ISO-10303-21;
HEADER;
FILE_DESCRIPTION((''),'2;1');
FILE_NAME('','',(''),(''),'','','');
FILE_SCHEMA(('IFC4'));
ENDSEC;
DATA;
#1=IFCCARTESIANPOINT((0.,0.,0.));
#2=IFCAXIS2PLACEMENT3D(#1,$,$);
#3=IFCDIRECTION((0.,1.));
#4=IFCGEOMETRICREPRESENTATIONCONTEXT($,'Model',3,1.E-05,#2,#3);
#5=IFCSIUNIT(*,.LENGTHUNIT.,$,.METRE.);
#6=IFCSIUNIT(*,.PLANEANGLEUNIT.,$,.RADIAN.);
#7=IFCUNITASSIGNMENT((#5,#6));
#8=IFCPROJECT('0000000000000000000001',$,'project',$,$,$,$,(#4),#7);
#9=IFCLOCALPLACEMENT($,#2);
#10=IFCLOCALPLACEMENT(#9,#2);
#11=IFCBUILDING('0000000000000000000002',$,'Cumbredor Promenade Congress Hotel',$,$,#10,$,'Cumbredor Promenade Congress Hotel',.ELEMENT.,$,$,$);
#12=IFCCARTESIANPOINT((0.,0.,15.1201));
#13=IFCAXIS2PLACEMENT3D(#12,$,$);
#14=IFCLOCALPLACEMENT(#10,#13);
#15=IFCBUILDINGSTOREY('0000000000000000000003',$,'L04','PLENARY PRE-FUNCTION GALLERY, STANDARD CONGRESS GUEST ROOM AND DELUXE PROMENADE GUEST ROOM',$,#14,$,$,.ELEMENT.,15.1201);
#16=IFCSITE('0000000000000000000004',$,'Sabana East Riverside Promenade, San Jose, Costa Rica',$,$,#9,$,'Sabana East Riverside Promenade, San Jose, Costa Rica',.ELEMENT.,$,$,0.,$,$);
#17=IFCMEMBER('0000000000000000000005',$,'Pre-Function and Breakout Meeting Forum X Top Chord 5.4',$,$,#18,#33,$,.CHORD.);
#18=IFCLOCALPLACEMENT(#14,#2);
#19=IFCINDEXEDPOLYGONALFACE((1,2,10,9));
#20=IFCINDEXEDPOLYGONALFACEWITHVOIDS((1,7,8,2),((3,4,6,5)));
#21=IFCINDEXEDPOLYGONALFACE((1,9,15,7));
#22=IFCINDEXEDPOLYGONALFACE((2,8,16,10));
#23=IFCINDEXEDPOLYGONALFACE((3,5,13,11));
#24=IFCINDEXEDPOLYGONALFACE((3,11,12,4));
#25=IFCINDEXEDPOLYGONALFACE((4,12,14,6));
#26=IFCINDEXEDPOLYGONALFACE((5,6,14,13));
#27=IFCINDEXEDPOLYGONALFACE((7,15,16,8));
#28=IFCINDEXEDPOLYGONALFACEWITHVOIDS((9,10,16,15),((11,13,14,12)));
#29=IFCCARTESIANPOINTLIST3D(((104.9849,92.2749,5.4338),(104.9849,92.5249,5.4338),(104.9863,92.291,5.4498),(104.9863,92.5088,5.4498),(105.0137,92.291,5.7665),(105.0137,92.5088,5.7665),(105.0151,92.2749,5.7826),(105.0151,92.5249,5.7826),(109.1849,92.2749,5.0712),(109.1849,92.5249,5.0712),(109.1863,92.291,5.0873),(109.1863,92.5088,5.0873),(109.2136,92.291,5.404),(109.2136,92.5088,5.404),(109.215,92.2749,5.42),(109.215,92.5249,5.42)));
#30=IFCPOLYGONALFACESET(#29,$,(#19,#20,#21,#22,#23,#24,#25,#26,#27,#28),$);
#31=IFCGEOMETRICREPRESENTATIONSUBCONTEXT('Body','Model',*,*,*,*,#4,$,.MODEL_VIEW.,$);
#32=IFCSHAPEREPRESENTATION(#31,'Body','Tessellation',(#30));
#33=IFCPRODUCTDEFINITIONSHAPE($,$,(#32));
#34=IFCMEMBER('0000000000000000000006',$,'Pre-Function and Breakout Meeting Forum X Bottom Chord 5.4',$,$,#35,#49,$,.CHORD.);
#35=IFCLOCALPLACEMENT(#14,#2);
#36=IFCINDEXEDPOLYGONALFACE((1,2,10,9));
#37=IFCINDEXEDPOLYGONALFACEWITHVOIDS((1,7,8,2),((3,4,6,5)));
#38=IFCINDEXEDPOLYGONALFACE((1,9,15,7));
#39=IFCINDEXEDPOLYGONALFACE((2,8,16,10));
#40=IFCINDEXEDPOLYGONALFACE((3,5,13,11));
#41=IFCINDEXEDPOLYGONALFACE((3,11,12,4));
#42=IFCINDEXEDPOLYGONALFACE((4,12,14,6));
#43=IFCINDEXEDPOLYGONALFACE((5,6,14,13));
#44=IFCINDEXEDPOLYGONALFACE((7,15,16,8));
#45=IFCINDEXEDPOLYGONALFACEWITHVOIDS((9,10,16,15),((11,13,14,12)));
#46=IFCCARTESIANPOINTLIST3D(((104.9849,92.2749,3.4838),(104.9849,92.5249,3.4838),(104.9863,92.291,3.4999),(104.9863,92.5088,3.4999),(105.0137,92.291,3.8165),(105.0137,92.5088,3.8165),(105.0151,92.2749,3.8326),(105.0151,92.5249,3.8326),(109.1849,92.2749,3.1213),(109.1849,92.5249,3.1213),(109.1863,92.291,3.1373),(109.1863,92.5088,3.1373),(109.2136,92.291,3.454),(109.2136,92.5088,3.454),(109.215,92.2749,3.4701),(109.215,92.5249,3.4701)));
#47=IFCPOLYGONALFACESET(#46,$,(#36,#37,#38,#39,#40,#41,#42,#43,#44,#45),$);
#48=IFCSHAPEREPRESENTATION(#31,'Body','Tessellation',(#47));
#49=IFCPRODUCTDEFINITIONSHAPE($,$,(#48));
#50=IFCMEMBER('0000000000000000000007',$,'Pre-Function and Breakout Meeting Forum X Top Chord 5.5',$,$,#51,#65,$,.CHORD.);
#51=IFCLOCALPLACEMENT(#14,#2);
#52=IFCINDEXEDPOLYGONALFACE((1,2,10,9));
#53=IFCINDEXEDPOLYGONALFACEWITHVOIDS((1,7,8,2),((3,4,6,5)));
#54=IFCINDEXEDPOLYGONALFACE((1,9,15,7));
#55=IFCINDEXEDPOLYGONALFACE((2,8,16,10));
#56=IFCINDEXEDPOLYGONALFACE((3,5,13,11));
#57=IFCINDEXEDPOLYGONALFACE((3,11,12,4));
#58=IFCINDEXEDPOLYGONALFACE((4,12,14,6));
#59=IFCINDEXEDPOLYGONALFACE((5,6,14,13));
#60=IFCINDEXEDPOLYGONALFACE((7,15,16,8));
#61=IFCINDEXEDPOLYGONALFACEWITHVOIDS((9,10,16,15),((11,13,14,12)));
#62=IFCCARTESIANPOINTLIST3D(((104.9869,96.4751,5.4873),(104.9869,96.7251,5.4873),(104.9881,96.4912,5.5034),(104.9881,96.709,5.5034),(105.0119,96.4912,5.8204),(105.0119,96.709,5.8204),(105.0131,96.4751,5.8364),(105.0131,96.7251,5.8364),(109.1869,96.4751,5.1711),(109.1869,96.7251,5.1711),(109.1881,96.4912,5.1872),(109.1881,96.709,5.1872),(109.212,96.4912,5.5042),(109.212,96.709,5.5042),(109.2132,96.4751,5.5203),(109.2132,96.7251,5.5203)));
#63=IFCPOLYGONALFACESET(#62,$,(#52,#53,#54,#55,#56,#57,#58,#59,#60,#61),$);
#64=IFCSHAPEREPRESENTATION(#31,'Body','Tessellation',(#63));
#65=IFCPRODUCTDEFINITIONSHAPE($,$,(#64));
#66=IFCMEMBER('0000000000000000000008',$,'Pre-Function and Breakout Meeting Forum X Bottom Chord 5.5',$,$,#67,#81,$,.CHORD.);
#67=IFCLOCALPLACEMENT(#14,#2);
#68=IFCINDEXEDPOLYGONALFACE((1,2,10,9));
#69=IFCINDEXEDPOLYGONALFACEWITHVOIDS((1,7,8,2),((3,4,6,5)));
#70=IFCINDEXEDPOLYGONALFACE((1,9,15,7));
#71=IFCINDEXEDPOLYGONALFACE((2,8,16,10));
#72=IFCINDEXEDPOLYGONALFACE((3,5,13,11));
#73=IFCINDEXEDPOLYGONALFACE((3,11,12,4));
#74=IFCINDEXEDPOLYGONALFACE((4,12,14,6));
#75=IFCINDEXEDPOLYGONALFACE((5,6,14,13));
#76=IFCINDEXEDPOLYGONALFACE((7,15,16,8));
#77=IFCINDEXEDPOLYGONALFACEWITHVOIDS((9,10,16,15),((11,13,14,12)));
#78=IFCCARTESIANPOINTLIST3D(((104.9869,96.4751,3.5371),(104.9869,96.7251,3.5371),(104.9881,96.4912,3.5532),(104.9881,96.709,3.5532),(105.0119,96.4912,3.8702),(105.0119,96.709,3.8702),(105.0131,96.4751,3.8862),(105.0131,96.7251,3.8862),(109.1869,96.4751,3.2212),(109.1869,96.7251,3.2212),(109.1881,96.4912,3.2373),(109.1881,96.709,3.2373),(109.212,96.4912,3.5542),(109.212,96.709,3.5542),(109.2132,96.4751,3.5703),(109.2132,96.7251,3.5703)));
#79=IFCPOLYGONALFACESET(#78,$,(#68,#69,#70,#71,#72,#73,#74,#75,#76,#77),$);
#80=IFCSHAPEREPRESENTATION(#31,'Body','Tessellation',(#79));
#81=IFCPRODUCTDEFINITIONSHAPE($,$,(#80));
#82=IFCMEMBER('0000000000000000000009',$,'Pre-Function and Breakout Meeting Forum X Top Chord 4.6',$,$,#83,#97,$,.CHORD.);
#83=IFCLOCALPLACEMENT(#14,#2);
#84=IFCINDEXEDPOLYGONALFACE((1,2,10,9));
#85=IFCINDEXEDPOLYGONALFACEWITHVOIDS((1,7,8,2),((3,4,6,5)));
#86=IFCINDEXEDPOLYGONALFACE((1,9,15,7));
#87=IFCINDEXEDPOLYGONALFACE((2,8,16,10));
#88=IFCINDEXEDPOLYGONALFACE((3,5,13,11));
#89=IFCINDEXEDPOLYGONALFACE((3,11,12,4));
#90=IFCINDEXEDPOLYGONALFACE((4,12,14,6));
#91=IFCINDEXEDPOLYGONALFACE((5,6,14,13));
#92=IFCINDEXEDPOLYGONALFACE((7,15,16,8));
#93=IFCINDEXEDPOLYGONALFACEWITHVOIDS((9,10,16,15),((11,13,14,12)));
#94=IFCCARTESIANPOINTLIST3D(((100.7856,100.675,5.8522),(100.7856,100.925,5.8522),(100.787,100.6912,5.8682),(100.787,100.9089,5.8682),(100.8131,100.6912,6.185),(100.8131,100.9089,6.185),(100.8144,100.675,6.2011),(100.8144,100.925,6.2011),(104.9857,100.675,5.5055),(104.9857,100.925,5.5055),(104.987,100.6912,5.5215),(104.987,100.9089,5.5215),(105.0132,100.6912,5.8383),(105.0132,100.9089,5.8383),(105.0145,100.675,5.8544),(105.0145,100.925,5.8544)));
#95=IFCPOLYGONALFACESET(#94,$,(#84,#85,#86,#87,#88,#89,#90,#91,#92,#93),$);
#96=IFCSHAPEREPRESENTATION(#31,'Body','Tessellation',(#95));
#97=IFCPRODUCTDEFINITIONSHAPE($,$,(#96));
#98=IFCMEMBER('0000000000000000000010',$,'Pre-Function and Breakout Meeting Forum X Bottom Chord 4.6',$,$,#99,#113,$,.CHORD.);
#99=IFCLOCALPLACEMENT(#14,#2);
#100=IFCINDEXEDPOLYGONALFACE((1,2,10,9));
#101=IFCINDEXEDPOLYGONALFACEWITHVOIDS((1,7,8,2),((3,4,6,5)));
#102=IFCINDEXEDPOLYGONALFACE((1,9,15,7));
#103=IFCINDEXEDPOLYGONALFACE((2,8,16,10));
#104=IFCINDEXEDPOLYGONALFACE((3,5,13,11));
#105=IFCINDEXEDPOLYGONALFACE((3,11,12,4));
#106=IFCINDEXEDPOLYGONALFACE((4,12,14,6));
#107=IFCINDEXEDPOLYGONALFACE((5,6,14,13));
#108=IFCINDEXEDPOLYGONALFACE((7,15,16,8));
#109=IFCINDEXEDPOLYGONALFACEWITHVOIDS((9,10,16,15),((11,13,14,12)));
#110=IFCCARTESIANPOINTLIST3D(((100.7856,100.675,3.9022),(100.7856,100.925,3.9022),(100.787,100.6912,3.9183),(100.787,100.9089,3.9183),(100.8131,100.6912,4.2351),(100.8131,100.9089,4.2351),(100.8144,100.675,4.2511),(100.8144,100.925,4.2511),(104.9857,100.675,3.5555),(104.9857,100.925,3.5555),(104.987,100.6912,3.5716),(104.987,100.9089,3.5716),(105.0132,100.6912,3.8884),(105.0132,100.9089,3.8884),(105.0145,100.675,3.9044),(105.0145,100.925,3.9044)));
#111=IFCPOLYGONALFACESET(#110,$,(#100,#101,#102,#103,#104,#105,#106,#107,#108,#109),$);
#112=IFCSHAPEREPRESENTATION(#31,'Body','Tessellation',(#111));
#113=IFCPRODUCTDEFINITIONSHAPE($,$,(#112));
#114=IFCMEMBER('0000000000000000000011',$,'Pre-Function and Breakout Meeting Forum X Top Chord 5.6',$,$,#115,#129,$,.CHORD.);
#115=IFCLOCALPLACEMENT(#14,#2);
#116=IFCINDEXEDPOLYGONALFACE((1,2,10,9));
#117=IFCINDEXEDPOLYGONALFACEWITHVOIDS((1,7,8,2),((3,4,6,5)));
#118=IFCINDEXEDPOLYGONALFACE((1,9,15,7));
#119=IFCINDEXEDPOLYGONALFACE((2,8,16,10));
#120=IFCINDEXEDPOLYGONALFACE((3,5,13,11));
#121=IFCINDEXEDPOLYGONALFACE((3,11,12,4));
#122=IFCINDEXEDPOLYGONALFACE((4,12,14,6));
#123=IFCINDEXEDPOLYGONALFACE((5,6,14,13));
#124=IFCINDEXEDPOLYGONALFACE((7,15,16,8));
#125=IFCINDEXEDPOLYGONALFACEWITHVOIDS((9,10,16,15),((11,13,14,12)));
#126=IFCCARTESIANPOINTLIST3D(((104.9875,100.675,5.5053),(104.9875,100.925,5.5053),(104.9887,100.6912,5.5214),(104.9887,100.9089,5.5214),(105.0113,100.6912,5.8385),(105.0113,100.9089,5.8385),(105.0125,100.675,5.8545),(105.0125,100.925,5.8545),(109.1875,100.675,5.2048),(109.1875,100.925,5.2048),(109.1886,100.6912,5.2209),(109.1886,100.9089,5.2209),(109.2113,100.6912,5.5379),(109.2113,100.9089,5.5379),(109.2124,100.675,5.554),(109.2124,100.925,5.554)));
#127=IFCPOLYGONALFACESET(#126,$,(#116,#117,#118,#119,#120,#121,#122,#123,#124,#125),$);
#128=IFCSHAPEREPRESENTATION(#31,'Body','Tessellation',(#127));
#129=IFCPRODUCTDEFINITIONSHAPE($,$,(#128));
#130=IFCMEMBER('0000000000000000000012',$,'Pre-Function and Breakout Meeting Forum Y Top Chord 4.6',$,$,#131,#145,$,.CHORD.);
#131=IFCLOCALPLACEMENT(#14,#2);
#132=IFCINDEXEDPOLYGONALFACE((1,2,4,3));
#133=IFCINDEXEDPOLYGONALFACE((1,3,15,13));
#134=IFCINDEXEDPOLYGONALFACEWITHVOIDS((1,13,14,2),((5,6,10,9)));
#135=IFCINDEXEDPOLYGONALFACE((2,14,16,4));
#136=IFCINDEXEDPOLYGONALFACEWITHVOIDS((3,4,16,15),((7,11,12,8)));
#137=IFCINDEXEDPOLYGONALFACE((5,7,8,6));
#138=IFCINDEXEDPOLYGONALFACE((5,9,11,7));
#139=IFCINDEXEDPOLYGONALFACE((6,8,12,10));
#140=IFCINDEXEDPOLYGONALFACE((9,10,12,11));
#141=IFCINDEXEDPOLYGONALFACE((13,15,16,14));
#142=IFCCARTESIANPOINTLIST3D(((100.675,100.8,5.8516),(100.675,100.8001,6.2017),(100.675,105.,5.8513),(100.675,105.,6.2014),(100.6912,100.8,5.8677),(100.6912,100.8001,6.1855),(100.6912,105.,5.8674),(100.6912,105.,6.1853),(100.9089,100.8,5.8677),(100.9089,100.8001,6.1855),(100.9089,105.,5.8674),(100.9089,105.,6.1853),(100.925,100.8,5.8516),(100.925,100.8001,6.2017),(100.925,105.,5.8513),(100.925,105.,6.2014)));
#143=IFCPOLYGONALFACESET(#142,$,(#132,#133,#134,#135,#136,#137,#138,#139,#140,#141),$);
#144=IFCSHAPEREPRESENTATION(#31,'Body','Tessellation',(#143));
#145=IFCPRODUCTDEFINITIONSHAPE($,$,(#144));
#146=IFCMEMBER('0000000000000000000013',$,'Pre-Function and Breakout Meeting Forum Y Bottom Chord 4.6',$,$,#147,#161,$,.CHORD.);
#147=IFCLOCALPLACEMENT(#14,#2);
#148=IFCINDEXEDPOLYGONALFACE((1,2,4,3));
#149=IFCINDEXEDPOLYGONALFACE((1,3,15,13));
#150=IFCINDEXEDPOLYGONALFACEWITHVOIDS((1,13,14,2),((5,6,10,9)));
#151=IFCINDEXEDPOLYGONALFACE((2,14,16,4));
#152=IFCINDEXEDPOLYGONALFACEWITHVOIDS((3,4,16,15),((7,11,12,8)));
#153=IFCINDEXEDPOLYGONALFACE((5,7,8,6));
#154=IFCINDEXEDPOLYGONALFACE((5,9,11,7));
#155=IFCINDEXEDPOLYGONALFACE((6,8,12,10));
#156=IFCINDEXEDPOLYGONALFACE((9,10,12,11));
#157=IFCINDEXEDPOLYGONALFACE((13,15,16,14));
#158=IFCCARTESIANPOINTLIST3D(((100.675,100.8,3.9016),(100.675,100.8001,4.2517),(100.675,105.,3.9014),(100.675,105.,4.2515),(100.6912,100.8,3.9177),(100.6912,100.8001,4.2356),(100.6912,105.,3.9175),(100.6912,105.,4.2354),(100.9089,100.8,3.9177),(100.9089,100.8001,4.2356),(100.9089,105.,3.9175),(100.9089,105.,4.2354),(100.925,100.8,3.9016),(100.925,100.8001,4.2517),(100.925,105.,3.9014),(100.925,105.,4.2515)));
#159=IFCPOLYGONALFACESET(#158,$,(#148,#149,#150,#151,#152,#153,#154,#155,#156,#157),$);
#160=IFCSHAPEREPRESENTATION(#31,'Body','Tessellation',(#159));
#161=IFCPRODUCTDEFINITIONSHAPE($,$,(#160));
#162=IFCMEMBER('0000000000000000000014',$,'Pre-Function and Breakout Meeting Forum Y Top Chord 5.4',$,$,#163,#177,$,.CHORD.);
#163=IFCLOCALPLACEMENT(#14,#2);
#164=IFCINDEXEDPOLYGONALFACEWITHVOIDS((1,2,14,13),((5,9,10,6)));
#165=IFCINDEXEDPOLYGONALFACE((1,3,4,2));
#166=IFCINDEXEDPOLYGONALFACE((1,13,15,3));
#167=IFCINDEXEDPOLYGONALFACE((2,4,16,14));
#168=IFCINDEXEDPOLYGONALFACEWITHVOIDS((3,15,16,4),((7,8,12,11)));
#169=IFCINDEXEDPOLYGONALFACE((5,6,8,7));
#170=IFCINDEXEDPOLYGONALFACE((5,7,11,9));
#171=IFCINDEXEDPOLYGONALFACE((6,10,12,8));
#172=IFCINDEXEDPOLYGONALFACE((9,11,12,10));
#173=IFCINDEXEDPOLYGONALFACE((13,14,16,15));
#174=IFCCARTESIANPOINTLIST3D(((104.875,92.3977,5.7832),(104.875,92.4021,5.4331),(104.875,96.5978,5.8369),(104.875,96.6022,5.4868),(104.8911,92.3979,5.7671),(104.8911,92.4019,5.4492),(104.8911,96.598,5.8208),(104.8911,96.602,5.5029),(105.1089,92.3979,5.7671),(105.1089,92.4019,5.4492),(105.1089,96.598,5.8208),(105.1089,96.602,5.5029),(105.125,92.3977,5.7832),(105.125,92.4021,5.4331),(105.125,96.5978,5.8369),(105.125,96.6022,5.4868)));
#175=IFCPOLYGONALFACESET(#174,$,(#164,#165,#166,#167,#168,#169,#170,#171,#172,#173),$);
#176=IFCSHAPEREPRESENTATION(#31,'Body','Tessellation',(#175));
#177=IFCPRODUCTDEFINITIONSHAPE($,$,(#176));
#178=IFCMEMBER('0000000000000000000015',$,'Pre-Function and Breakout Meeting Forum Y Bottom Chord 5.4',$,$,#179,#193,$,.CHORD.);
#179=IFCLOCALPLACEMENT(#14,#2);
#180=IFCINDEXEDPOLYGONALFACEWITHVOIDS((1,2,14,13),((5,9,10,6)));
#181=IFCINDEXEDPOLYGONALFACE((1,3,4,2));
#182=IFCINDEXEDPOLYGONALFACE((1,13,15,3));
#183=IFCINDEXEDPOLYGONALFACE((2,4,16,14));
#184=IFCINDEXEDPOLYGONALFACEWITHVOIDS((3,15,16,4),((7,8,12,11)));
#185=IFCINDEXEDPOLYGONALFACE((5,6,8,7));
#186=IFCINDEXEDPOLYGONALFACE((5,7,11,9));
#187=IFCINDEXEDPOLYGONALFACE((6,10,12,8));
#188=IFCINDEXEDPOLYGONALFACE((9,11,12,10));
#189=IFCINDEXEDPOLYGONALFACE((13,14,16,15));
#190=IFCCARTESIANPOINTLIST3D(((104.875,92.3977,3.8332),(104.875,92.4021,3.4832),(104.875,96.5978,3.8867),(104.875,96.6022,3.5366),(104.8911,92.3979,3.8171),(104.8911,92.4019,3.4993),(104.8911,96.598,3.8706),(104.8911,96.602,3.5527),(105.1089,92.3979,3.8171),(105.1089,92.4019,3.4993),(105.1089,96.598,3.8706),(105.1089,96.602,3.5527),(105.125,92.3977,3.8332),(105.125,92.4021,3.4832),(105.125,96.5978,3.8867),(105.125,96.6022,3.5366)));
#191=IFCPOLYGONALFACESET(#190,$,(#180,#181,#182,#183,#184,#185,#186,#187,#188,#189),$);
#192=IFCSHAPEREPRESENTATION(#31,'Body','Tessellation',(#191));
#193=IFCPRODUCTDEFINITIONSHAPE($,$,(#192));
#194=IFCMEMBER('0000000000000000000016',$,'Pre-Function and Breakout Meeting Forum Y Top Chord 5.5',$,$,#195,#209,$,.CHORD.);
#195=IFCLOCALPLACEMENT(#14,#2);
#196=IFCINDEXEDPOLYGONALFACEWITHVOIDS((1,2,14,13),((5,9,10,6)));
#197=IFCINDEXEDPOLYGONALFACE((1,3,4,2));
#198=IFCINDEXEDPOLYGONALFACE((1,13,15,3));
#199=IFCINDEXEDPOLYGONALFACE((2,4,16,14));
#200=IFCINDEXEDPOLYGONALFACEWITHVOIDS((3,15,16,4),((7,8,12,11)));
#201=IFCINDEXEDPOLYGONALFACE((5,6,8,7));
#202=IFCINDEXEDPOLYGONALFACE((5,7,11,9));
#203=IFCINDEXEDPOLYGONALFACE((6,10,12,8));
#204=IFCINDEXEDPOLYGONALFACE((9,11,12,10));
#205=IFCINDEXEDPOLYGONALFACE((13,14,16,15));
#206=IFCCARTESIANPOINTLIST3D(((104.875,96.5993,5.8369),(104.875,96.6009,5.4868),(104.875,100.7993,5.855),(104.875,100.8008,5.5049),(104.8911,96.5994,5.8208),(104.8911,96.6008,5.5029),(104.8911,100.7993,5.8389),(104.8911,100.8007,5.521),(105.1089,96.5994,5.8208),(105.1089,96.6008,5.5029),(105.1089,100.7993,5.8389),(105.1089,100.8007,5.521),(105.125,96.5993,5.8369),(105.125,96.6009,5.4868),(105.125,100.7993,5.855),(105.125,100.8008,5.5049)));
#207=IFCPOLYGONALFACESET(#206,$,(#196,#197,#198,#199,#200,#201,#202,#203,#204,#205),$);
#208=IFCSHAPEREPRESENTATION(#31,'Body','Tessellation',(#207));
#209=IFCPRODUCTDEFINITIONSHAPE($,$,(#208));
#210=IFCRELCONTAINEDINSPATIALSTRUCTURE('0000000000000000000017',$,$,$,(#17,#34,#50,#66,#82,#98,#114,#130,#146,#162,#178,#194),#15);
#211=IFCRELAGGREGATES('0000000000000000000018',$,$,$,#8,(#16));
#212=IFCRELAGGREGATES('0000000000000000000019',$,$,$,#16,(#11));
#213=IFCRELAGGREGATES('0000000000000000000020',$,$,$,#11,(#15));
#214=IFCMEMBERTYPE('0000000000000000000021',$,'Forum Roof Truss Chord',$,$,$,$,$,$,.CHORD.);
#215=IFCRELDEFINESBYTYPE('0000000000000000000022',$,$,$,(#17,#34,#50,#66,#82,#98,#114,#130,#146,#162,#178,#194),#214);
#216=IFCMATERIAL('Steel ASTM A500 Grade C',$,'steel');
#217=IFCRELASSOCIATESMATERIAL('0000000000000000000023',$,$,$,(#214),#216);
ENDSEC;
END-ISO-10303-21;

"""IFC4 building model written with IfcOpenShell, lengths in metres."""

from ifc_helpers import new_model, si_unit, direction, frame, origin, origin_2d, place, context, subcontext, project, spatial, hollow_rectangle, extrude, material, material_profile, profile_set, type_object, element, save


model = new_model("IFC4")

# Units and contexts
model_context = context("Model", 3, precision=1e-05, world=origin(), true_north=direction((0.0, 1.0)))
body_context = subcontext(model_context, "Body", "Model", "MODEL_VIEW")
ifc_project = project(units=[si_unit("LENGTHUNIT", "METRE"), si_unit("PLANEANGLEUNIT", "RADIAN")], contexts=[model_context])

# Site, building, storey
site_placement = place(None, origin())
site = spatial("IfcSite", under=ifc_project, at=site_placement, Name="Sabana East Riverside Promenade, San Jose, Costa Rica", LongName="Sabana East Riverside Promenade, San Jose, Costa Rica", CompositionType="ELEMENT", RefElevation=0.0)
building_placement = place(site_placement, origin())
building = spatial("IfcBuilding", under=site, at=building_placement, Name="Cumbredor Promenade Congress Hotel", LongName="Cumbredor Promenade Congress Hotel", CompositionType="ELEMENT")
storey_placement = place(building_placement, frame((0.0, 0.0, 15.1201)))
storey = spatial("IfcBuildingStorey", under=building, at=storey_placement, Name="L04", Description="PLENARY PRE-FUNCTION GALLERY, STANDARD CONGRESS GUEST ROOM AND DELUXE PROMENADE GUEST ROOM", CompositionType="ELEMENT", Elevation=15.1201)

# Members
ifc_material_1 = material(Name="Steel ASTM A500 Grade C", Category="steel")
ifc_material_profile_1 = material_profile(ifc_material_1, hollow_rectangle(XDim=0.25, YDim=0.3501, WallThickness=0.0161, at=origin_2d()), Name="HSS 350x250x16")
ifc_profile_set_1 = profile_set([ifc_material_profile_1], Name="Steel ASTM A500 Grade C")
member_type_1 = type_object("IfcMemberType", Name="Forum Roof Truss Chord", PredefinedType="CHORD", material=ifc_profile_set_1)
for number, where, z_axis, x_axis, name in (
    (1, (105.0, 92.3999, 5.6082), (0.996295, 0.0, -0.086002), (0.0, 1.0, 0.0), "Pre-Function and Breakout Meeting Forum X Top Chord 5.4"),
    (2, (105.0, 92.3999, 3.6582), (0.996295, 0.0, -0.086002), (0.0, 1.0, 0.0), "Pre-Function and Breakout Meeting Forum X Bottom Chord 5.4"),
):
    element("IfcMember", number, at=place(storey_placement, frame(where, z_axis=z_axis, x_axis=x_axis)), inside=storey, type_object=member_type_1, Name=name, PredefinedType="CHORD", context=body_context, shape_type="SweptSolid", body=[
        extrude(hollow_rectangle(XDim=0.25, YDim=0.3501, WallThickness=0.0161, at=origin_2d()), origin(), (0.0, 0.0, 1.0), 4.2156),
    ])
for number, where, z_axis, x_axis, name in (
    (3, (105.0, 96.6001, 5.6619), (0.997179, 0.0, -0.075065), (0.0, 1.0, 0.0), "Pre-Function and Breakout Meeting Forum X Top Chord 5.5"),
    (4, (105.0, 96.6001, 3.7117), (0.997183, 0.0, -0.075008), (0.0, 1.0, 0.0), "Pre-Function and Breakout Meeting Forum X Bottom Chord 5.5"),
):
    element("IfcMember", number, at=place(storey_placement, frame(where, z_axis=z_axis, x_axis=x_axis)), inside=storey, type_object=member_type_1, Name=name, PredefinedType="CHORD", context=body_context, shape_type="SweptSolid", body=[
        extrude(hollow_rectangle(XDim=0.25, YDim=0.3501, WallThickness=0.0161, at=origin_2d()), origin(), (0.0, 0.0, 1.0), 4.2119),
    ])
for number, where, z_axis, x_axis, name in (
    (5, (100.8, 100.8, 6.0266), (0.996611, 0.0, -0.082264), (0.0, 1.0, 0.0), "Pre-Function and Breakout Meeting Forum X Top Chord 4.6"),
    (6, (100.8, 100.8, 4.0767), (0.996611, 0.0, -0.082264), (0.0, 1.0, 0.0), "Pre-Function and Breakout Meeting Forum X Bottom Chord 4.6"),
):
    element("IfcMember", number, at=place(storey_placement, frame(where, z_axis=z_axis, x_axis=x_axis)), inside=storey, type_object=member_type_1, Name=name, PredefinedType="CHORD", context=body_context, shape_type="SweptSolid", body=[
        extrude(hollow_rectangle(XDim=0.25, YDim=0.3501, WallThickness=0.0161, at=origin_2d()), origin(), (0.0, 0.0, 1.0), 4.2144),
    ])
member_1_placement = place(storey_placement, frame((105.0, 100.8, 5.6799), z_axis=(0.99745, 0.0, -0.071375), x_axis=(0.0, 1.0, 0.0)))
element("IfcMember", 7, at=member_1_placement, inside=storey, type_object=member_type_1, Name="Pre-Function and Breakout Meeting Forum X Top Chord 5.6", PredefinedType="CHORD", context=body_context, shape_type="SweptSolid", body=[
    extrude(hollow_rectangle(XDim=0.25, YDim=0.3501, WallThickness=0.0161, at=origin_2d()), origin(), (0.0, 0.0, 1.0), 4.2107),
])
for number, where, z_axis, x_axis, name in (
    (8, (100.8, 100.8, 6.0266), (0.0, 1.0, -0.000058), (-1.0, 0.0, 0.0), "Pre-Function and Breakout Meeting Forum Y Top Chord 4.6"),
    (9, (100.8, 100.8, 4.0767), (0.0, 1.0, -0.000058), (-1.0, 0.0, 0.0), "Pre-Function and Breakout Meeting Forum Y Bottom Chord 4.6"),
):
    element("IfcMember", number, at=place(storey_placement, frame(where, z_axis=z_axis, x_axis=x_axis)), inside=storey, type_object=member_type_1, Name=name, PredefinedType="CHORD", context=body_context, shape_type="SweptSolid", body=[
        extrude(hollow_rectangle(XDim=0.25, YDim=0.3501, WallThickness=0.0161, at=origin_2d()), origin(), (0.0, 0.0, 1.0), 4.2),
    ])
for number, where, z_axis, x_axis, name in (
    (10, (105.0, 92.3999, 5.6082), (0.0, 0.999918, 0.012787), (-1.0, 0.0, 0.0), "Pre-Function and Breakout Meeting Forum Y Top Chord 5.4"),
    (11, (105.0, 92.3999, 3.6582), (0.0, 0.999919, 0.012729), (-1.0, 0.0, 0.0), "Pre-Function and Breakout Meeting Forum Y Bottom Chord 5.4"),
):
    element("IfcMember", number, at=place(storey_placement, frame(where, z_axis=z_axis, x_axis=x_axis)), inside=storey, type_object=member_type_1, Name=name, PredefinedType="CHORD", context=body_context, shape_type="SweptSolid", body=[
        extrude(hollow_rectangle(XDim=0.25, YDim=0.3501, WallThickness=0.0161, at=origin_2d()), origin(), (0.0, 0.0, 1.0), 4.2004),
    ])
for number, where, z_axis, x_axis, name in (
    (12, (105.0, 96.6001, 5.6619), (0.0, 0.999991, 0.004302), (-1.0, 0.0, 0.0), "Pre-Function and Breakout Meeting Forum Y Top Chord 5.5"),
):
    element("IfcMember", number, at=place(storey_placement, frame(where, z_axis=z_axis, x_axis=x_axis)), inside=storey, type_object=member_type_1, Name=name, PredefinedType="CHORD", context=body_context, shape_type="SweptSolid", body=[
        extrude(hollow_rectangle(XDim=0.25, YDim=0.3501, WallThickness=0.0161, at=origin_2d()), origin(), (0.0, 0.0, 1.0), 4.2),
    ])

save(model, "model.ifc")
